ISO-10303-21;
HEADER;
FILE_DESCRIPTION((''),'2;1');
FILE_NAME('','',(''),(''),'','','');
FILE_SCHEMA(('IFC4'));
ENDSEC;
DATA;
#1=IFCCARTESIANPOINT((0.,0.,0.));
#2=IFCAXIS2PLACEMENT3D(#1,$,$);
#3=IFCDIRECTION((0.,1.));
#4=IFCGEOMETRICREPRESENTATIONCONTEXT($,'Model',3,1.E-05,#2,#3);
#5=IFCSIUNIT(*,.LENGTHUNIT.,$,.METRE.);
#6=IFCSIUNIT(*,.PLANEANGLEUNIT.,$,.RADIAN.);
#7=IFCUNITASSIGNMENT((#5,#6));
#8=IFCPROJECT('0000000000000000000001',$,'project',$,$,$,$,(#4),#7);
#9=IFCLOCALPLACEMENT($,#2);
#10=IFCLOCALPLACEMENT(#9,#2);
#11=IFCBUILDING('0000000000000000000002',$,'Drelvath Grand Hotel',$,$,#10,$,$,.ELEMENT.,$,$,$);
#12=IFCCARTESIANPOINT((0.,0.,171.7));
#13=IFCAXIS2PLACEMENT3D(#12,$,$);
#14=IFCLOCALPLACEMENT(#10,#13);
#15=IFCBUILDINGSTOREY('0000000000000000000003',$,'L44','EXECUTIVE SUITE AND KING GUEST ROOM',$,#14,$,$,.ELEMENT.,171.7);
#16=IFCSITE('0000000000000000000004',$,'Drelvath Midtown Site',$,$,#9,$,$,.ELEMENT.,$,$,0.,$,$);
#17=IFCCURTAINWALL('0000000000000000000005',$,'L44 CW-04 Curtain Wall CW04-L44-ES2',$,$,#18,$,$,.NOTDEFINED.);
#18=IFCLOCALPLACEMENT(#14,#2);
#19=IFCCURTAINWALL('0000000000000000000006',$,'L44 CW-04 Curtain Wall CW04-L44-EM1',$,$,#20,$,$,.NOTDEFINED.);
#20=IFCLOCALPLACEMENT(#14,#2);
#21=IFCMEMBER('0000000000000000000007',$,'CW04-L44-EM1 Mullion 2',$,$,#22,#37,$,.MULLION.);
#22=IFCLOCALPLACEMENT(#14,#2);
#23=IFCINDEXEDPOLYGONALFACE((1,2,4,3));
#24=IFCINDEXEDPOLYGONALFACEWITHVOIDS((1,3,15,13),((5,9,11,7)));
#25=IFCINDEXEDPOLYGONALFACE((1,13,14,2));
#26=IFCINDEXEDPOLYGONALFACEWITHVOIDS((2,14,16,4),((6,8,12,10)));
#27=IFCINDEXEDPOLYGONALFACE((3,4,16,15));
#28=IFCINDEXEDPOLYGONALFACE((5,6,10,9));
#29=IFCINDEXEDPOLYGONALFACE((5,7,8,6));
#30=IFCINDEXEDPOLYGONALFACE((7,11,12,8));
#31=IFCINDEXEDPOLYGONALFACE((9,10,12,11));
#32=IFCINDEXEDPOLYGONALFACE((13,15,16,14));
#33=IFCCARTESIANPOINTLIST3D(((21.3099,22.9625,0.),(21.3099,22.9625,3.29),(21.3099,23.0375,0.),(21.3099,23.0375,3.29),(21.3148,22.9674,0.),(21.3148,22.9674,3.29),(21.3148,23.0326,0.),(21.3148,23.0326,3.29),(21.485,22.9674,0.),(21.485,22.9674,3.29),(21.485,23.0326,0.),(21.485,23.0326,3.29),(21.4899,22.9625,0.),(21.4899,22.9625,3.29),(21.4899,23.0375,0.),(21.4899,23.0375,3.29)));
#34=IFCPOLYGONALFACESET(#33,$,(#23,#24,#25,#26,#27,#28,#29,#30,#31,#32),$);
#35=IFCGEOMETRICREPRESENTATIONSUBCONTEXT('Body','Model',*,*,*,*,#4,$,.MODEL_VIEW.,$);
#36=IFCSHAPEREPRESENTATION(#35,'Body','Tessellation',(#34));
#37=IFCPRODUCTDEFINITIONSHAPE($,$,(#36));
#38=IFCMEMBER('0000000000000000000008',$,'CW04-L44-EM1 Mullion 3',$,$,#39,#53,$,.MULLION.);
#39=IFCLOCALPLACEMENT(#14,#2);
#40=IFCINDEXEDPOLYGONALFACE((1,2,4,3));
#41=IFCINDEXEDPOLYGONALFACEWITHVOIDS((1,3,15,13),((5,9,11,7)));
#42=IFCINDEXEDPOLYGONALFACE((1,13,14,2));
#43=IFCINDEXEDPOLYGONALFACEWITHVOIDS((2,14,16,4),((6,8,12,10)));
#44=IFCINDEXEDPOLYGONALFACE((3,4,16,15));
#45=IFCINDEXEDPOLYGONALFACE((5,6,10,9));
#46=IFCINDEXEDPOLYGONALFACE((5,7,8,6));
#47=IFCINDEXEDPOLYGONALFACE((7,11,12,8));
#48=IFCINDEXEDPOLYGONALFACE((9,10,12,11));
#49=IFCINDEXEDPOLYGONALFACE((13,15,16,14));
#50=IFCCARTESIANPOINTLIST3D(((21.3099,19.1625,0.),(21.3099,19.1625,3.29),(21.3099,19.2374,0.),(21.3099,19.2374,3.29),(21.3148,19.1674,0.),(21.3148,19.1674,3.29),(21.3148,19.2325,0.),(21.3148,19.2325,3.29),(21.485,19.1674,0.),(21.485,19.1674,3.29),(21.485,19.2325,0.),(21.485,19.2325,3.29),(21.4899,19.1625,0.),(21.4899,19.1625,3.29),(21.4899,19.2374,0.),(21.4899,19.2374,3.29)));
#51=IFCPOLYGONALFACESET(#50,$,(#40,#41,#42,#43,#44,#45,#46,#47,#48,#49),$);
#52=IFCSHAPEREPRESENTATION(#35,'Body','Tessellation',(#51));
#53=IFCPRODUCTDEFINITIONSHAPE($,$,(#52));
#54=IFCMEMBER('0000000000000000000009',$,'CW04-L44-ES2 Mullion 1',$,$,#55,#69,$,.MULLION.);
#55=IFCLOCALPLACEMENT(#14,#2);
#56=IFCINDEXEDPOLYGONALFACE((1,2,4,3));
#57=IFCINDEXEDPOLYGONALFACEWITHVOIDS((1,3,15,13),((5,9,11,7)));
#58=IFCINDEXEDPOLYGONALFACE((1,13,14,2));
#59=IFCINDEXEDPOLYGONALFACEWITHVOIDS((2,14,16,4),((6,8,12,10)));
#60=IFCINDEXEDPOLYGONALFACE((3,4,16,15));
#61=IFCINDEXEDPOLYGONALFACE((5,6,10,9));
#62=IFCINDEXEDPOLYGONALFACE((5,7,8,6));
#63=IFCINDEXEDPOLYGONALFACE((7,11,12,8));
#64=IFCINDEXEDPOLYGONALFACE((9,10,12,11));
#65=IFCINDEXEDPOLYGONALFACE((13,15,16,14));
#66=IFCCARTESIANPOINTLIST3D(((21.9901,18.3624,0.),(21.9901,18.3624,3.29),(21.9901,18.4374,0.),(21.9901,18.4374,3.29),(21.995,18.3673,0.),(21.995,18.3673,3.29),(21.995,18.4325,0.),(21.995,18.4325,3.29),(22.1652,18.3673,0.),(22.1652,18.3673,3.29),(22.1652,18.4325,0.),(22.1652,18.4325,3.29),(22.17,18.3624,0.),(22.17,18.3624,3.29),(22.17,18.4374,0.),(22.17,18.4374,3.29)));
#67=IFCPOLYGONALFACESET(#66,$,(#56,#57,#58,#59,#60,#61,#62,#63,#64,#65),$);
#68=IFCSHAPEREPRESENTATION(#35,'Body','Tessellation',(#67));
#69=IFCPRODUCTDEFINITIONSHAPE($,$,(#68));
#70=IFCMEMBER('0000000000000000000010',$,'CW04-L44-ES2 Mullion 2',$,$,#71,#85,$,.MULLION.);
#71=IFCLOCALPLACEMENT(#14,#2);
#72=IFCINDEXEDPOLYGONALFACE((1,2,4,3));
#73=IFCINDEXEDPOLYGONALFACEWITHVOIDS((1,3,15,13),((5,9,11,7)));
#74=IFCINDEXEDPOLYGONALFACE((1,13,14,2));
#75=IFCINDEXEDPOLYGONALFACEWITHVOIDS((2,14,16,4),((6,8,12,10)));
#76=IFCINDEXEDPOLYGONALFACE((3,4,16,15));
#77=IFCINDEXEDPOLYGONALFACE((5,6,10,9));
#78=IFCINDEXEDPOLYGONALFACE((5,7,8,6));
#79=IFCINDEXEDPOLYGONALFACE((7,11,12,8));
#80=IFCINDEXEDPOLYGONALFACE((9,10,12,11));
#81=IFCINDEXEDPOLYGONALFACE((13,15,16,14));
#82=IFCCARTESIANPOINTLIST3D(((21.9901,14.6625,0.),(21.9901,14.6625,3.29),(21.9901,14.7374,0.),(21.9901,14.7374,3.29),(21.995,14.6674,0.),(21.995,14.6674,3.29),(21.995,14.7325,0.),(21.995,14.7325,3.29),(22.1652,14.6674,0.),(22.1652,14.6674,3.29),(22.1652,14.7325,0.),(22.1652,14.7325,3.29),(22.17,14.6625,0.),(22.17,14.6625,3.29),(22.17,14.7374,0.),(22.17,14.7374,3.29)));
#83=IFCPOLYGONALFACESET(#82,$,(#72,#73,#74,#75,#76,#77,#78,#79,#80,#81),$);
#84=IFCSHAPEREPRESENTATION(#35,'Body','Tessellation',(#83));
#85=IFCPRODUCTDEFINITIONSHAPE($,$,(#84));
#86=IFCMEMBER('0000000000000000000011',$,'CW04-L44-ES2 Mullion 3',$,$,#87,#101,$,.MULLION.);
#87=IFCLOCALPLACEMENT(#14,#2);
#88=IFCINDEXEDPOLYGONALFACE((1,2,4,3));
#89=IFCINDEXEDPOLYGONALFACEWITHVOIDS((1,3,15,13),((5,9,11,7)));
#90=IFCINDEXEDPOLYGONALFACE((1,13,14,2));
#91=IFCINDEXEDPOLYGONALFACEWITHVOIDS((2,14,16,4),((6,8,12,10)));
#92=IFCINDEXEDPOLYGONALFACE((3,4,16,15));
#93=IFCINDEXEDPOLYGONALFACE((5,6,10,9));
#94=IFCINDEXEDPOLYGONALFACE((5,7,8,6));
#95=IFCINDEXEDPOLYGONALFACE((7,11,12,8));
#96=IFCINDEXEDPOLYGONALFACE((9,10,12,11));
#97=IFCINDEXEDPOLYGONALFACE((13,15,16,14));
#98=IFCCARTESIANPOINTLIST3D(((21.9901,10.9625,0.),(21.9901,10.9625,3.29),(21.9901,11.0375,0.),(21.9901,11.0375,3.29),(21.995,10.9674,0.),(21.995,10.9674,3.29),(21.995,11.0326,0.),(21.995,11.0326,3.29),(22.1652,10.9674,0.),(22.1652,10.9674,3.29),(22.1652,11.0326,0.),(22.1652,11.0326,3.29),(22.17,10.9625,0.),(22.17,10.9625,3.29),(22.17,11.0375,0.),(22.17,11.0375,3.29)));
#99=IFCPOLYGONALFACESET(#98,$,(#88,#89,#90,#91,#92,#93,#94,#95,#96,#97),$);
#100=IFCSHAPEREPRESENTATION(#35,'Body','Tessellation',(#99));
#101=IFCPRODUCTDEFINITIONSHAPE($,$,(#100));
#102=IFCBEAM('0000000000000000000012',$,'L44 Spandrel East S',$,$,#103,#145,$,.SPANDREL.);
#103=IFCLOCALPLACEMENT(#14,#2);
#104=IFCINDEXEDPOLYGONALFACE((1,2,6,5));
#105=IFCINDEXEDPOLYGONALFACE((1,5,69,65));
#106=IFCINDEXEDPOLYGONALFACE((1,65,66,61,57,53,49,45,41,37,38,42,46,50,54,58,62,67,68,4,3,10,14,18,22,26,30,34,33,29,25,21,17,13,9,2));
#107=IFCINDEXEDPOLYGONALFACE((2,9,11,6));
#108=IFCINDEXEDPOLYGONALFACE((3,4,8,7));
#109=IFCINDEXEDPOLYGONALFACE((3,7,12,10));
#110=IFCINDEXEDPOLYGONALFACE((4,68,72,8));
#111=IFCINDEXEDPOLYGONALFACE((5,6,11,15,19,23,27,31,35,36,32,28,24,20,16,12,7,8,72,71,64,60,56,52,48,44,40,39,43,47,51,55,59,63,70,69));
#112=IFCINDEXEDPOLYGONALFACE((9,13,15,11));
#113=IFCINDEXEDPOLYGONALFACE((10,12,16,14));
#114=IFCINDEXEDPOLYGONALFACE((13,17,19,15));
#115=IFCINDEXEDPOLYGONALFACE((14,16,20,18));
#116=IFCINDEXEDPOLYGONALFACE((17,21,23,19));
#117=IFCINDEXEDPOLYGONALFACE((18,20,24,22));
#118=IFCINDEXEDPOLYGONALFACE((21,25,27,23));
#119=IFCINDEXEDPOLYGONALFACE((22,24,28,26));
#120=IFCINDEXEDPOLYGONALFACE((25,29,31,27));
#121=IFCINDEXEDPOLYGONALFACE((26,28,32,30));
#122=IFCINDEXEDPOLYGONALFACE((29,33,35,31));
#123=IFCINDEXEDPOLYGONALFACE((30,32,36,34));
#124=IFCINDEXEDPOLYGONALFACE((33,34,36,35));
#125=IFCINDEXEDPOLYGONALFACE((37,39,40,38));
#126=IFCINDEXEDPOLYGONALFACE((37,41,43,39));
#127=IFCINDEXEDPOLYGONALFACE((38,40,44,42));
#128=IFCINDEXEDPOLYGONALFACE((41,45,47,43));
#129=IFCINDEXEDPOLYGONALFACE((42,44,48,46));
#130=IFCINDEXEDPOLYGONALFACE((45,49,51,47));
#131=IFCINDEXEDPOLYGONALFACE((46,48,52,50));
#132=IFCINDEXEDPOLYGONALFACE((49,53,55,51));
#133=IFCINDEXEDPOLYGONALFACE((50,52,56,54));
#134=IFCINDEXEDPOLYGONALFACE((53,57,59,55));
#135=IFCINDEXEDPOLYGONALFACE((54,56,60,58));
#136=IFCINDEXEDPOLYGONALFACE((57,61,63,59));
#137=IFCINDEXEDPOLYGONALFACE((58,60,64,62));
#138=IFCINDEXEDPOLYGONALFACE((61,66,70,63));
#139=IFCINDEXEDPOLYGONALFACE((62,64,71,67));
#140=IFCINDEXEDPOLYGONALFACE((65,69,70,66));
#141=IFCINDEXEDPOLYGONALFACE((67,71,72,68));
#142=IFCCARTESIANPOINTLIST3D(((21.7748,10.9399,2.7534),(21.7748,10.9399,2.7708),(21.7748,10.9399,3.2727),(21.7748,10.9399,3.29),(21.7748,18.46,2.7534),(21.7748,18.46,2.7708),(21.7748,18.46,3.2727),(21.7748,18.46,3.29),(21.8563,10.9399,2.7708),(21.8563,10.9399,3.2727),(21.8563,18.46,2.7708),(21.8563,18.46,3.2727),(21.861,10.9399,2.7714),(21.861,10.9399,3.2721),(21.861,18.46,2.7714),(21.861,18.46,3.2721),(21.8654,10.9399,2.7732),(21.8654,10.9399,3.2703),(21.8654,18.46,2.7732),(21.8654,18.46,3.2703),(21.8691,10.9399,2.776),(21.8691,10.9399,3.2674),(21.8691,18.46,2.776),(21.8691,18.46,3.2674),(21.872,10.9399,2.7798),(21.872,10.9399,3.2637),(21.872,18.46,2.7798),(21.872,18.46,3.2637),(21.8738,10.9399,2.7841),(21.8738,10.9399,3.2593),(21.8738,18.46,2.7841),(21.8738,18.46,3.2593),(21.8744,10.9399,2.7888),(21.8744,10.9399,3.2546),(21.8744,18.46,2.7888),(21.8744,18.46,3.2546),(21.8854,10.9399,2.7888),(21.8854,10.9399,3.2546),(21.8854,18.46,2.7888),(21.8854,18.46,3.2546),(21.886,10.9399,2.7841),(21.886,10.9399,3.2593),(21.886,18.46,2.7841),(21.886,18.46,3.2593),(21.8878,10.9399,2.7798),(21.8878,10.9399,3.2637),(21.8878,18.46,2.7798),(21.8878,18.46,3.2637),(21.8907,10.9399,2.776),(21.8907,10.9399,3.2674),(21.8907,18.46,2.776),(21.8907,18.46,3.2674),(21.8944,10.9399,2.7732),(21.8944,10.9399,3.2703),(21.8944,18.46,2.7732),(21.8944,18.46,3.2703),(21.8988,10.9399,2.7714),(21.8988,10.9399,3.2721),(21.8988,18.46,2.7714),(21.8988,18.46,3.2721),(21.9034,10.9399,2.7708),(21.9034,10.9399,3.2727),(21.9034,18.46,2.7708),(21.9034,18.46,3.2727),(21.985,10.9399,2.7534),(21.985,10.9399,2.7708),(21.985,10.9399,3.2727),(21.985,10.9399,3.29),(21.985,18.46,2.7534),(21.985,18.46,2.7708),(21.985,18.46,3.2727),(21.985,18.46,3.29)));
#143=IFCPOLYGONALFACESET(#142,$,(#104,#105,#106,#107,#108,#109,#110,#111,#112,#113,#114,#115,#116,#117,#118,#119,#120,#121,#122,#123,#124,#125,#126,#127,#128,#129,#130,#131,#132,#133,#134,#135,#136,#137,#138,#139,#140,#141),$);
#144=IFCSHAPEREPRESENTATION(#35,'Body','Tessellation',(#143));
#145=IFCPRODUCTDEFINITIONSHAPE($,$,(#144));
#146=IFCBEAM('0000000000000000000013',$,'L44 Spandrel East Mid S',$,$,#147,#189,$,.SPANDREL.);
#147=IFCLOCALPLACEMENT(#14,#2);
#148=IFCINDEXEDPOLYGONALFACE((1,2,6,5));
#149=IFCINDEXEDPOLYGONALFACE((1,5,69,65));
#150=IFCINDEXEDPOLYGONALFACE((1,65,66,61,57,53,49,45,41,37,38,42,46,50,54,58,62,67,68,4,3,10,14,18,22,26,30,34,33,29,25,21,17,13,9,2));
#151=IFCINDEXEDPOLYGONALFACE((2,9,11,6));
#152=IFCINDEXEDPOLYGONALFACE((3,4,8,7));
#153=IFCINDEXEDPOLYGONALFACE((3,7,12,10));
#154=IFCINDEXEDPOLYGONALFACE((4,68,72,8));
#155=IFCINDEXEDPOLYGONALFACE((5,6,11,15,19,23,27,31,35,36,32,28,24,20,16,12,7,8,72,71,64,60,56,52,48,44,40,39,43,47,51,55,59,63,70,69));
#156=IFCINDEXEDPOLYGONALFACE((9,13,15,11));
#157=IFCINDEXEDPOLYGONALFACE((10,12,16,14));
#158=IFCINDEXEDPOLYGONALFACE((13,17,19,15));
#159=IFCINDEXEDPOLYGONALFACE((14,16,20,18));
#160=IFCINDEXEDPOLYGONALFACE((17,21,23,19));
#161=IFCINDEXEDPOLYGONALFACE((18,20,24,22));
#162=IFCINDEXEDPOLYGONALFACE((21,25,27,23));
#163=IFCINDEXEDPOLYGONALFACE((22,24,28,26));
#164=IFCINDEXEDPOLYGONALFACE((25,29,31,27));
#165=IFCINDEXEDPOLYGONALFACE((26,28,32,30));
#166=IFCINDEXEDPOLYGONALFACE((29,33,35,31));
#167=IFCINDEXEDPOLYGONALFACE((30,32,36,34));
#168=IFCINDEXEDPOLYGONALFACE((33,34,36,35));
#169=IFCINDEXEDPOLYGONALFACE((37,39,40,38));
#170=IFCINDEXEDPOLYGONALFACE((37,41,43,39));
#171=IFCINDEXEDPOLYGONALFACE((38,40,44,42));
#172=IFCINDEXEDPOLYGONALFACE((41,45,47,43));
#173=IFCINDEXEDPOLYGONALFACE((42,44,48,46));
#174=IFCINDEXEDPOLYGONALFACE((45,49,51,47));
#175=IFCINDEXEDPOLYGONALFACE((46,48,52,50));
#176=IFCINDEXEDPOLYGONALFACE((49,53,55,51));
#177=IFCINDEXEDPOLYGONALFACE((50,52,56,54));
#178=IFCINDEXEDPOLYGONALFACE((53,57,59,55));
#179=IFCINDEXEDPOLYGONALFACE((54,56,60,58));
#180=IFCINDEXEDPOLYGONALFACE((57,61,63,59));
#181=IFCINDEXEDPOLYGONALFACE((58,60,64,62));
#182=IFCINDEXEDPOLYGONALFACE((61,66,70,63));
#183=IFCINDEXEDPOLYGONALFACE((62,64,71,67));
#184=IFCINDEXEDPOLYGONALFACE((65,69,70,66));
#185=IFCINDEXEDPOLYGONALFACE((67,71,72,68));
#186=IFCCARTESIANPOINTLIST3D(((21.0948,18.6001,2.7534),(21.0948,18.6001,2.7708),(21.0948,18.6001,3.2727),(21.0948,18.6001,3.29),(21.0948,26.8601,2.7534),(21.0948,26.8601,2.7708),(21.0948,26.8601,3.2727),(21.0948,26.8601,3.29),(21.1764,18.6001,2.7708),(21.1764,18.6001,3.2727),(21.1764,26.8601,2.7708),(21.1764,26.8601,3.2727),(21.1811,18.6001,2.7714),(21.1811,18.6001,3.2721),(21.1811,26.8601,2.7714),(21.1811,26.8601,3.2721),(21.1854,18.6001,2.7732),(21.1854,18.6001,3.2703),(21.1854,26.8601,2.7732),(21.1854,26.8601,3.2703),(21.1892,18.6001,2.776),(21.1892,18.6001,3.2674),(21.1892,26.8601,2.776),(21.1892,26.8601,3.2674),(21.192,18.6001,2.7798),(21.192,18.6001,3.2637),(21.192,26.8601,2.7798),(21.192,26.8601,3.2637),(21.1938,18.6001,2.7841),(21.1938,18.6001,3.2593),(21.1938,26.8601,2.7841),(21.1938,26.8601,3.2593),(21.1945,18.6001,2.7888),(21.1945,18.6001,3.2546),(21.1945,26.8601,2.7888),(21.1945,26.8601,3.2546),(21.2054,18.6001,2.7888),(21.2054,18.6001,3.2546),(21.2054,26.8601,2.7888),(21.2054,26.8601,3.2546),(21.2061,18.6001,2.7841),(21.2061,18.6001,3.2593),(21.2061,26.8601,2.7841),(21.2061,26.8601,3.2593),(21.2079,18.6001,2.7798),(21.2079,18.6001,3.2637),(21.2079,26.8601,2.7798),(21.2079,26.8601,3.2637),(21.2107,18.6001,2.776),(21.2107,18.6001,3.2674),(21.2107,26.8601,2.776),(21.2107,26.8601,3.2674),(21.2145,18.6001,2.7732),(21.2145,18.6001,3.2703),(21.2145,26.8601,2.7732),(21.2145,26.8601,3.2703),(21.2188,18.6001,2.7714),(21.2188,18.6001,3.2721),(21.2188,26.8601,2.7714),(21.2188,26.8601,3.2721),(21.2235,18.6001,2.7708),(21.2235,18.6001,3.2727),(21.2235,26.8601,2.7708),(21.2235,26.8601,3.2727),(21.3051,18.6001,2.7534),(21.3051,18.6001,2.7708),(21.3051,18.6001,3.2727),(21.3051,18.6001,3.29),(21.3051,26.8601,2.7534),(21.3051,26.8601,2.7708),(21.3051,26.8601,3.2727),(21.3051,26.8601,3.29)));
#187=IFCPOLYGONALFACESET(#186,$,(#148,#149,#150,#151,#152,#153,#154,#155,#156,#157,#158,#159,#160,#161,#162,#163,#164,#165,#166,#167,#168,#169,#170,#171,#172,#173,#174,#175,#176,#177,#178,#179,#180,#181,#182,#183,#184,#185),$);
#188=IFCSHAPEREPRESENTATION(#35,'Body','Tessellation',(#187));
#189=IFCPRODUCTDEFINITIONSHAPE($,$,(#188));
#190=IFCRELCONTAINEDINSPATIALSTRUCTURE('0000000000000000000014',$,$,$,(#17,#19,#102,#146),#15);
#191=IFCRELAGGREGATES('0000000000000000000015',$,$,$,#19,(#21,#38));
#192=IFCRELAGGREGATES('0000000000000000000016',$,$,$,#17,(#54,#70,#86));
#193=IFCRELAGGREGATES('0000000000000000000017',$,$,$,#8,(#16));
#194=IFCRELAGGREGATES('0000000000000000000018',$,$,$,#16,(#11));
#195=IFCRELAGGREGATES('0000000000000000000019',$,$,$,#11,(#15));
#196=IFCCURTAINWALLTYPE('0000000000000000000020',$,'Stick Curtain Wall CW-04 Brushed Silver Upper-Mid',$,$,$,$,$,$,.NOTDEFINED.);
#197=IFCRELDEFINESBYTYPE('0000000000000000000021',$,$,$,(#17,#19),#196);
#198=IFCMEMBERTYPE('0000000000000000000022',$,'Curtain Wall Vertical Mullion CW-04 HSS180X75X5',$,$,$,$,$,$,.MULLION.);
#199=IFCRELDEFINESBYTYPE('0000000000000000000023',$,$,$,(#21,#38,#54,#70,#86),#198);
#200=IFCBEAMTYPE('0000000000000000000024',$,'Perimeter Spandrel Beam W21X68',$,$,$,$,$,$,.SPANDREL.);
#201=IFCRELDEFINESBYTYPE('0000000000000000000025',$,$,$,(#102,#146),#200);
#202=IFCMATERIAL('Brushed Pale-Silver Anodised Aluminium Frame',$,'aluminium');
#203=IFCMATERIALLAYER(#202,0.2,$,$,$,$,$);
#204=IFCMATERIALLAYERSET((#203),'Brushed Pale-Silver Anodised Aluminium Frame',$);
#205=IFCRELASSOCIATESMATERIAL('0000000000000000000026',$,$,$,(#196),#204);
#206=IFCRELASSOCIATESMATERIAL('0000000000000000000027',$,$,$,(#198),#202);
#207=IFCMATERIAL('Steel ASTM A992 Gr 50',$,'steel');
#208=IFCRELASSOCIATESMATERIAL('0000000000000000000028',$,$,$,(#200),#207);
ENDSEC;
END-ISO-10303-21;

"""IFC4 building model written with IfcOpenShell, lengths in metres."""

from ifc_helpers import new_model, si_unit, direction, frame, origin, origin_2d, place, context, subcontext, project, spatial, hollow_rectangle, i_section, extrude, material, layer, layer_set, material_profile, profile_set, type_object, element, aggregate, save


model = new_model("IFC4")

# Units and contexts
model_context = context("Model", 3, precision=1e-05, world=origin(), true_north=direction((0.0, 1.0)))
body_context = subcontext(model_context, "Body", "Model", "MODEL_VIEW")
ifc_project = project(units=[si_unit("LENGTHUNIT", "METRE"), si_unit("PLANEANGLEUNIT", "RADIAN")], contexts=[model_context])

# Site, building, storey
site_placement = place(None, origin())
site = spatial("IfcSite", under=ifc_project, at=site_placement, Name="Drelvath Midtown Site", CompositionType="ELEMENT", RefElevation=0.0)
building_placement = place(site_placement, origin())
building = spatial("IfcBuilding", under=site, at=building_placement, Name="Drelvath Grand Hotel", CompositionType="ELEMENT")
storey_placement = place(building_placement, frame((0.0, 0.0, 171.7)))
storey = spatial("IfcBuildingStorey", under=building, at=storey_placement, Name="L44", Description="EXECUTIVE SUITE AND KING GUEST ROOM", CompositionType="ELEMENT", Elevation=171.7)

# Shared definitions
ifc_material_1 = material(Name="Steel ASTM A992 Gr 50", Category="steel")

# Curtain wall
ifc_material_2 = material(Name="Brushed Pale-Silver Anodised Aluminium Frame", Category="aluminium")
ifc_layer_1 = layer(ifc_material_2, 0.2)
ifc_layer_set_1 = layer_set([ifc_layer_1], Name="Brushed Pale-Silver Anodised Aluminium Frame")
curtain_wall_type = type_object("IfcCurtainWallType", Name="Stick Curtain Wall CW-04 Brushed Silver Upper-Mid", PredefinedType="NOTDEFINED", material=ifc_layer_set_1)
curtain_wall_1_placement = place(storey_placement, origin())
curtain_wall_1 = element("IfcCurtainWall", 1, at=curtain_wall_1_placement, inside=storey, type_object=curtain_wall_type, Name="L44 CW-04 Curtain Wall CW04-L44-ES2", PredefinedType="NOTDEFINED")

# Curtain wall, members
curtain_wall_2_placement = place(storey_placement, origin())
curtain_wall_2 = element("IfcCurtainWall", 2, at=curtain_wall_2_placement, inside=storey, type_object=curtain_wall_type, Name="L44 CW-04 Curtain Wall CW04-L44-EM1", PredefinedType="NOTDEFINED")
ifc_material_profile_1 = material_profile(ifc_material_2, hollow_rectangle(XDim=0.075, YDim=0.1799, WallThickness=0.0049, at=origin_2d()), Name="HSS180X75X5")
ifc_profile_set_1 = profile_set([ifc_material_profile_1], Name="Brushed Pale-Silver Anodised Aluminium Frame")
member_type_1 = type_object("IfcMemberType", Name="Curtain Wall Vertical Mullion CW-04 HSS180X75X5", PredefinedType="MULLION", material=ifc_profile_set_1)
member_1_placement = place(storey_placement, frame((21.3999, 23.0, 0.0), z_axis=(0.0, 0.0, 1.0), x_axis=(0.0, 1.0, 0.0)))
member_1 = element("IfcMember", 3, at=member_1_placement, type_object=member_type_1, Name="CW04-L44-EM1 Mullion 2", PredefinedType="MULLION", context=body_context, shape_type="SweptSolid", body=[
    extrude(hollow_rectangle(XDim=0.075, YDim=0.1799, WallThickness=0.0049, at=origin_2d()), origin(), (0.0, 0.0, 1.0), 3.29),
])
member_2_placement = place(storey_placement, frame((21.3999, 19.2, 0.0), z_axis=(0.0, 0.0, 1.0), x_axis=(0.0, 1.0, 0.0)))
member_2 = element("IfcMember", 4, at=member_2_placement, type_object=member_type_1, Name="CW04-L44-EM1 Mullion 3", PredefinedType="MULLION", context=body_context, shape_type="SweptSolid", body=[
    extrude(hollow_rectangle(XDim=0.075, YDim=0.1799, WallThickness=0.0049, at=origin_2d()), origin(), (0.0, 0.0, 1.0), 3.29),
])

# Members
member_3_placement = place(storey_placement, frame((22.0801, 18.3999, 0.0), z_axis=(0.0, 0.0, 1.0), x_axis=(0.0, 1.0, 0.0)))
member_3 = element("IfcMember", 5, at=member_3_placement, type_object=member_type_1, Name="CW04-L44-ES2 Mullion 1", PredefinedType="MULLION", context=body_context, shape_type="SweptSolid", body=[
    extrude(hollow_rectangle(XDim=0.075, YDim=0.1799, WallThickness=0.0049, at=origin_2d()), origin(), (0.0, 0.0, 1.0), 3.29),
])
member_4_placement = place(storey_placement, frame((22.0801, 14.7, 0.0), z_axis=(0.0, 0.0, 1.0), x_axis=(0.0, 1.0, 0.0)))
member_4 = element("IfcMember", 6, at=member_4_placement, type_object=member_type_1, Name="CW04-L44-ES2 Mullion 2", PredefinedType="MULLION", context=body_context, shape_type="SweptSolid", body=[
    extrude(hollow_rectangle(XDim=0.075, YDim=0.1799, WallThickness=0.0049, at=origin_2d()), origin(), (0.0, 0.0, 1.0), 3.29),
])
member_5_placement = place(storey_placement, frame((22.0801, 11.0, 0.0), z_axis=(0.0, 0.0, 1.0), x_axis=(0.0, 1.0, 0.0)))
member_5 = element("IfcMember", 7, at=member_5_placement, type_object=member_type_1, Name="CW04-L44-ES2 Mullion 3", PredefinedType="MULLION", context=body_context, shape_type="SweptSolid", body=[
    extrude(hollow_rectangle(XDim=0.075, YDim=0.1799, WallThickness=0.0049, at=origin_2d()), origin(), (0.0, 0.0, 1.0), 3.29),
])

# Beams
ifc_material_profile_2 = material_profile(ifc_material_1, i_section(OverallWidth=0.2102, OverallDepth=0.5366, WebThickness=0.011, FlangeThickness=0.0173, FilletRadius=0.0181, at=origin_2d()), Name="W21X68")
ifc_profile_set_2 = profile_set([ifc_material_profile_2], Name="Steel ASTM A992 Gr 50")
beam_type_1 = type_object("IfcBeamType", Name="Perimeter Spandrel Beam W21X68", PredefinedType="SPANDREL", material=ifc_profile_set_2)
beam_1_placement = place(storey_placement, frame((21.8799, 10.9399, 3.0217), z_axis=(0.0, 1.0, 0.0), x_axis=(-1.0, 0.0, 0.0)))
element("IfcBeam", 8, at=beam_1_placement, inside=storey, type_object=beam_type_1, Name="L44 Spandrel East S", PredefinedType="SPANDREL", context=body_context, shape_type="SweptSolid", body=[
    extrude(i_section(OverallWidth=0.2102, OverallDepth=0.5366, WebThickness=0.011, FlangeThickness=0.0173, FilletRadius=0.0181, at=origin_2d()), origin(), (0.0, 0.0, 1.0), 7.52),
])
beam_2_placement = place(storey_placement, frame((21.2, 18.6001, 3.0217), z_axis=(0.0, 1.0, 0.0), x_axis=(-1.0, 0.0, 0.0)))
element("IfcBeam", 9, at=beam_2_placement, inside=storey, type_object=beam_type_1, Name="L44 Spandrel East Mid S", PredefinedType="SPANDREL", context=body_context, shape_type="SweptSolid", body=[
    extrude(i_section(OverallWidth=0.2102, OverallDepth=0.5366, WebThickness=0.011, FlangeThickness=0.0173, FilletRadius=0.0181, at=origin_2d()), origin(), (0.0, 0.0, 1.0), 8.26),
])

aggregate(curtain_wall_2, [member_1, member_2])
aggregate(curtain_wall_1, [member_3, member_4, member_5])

save(model, "model.ifc")
